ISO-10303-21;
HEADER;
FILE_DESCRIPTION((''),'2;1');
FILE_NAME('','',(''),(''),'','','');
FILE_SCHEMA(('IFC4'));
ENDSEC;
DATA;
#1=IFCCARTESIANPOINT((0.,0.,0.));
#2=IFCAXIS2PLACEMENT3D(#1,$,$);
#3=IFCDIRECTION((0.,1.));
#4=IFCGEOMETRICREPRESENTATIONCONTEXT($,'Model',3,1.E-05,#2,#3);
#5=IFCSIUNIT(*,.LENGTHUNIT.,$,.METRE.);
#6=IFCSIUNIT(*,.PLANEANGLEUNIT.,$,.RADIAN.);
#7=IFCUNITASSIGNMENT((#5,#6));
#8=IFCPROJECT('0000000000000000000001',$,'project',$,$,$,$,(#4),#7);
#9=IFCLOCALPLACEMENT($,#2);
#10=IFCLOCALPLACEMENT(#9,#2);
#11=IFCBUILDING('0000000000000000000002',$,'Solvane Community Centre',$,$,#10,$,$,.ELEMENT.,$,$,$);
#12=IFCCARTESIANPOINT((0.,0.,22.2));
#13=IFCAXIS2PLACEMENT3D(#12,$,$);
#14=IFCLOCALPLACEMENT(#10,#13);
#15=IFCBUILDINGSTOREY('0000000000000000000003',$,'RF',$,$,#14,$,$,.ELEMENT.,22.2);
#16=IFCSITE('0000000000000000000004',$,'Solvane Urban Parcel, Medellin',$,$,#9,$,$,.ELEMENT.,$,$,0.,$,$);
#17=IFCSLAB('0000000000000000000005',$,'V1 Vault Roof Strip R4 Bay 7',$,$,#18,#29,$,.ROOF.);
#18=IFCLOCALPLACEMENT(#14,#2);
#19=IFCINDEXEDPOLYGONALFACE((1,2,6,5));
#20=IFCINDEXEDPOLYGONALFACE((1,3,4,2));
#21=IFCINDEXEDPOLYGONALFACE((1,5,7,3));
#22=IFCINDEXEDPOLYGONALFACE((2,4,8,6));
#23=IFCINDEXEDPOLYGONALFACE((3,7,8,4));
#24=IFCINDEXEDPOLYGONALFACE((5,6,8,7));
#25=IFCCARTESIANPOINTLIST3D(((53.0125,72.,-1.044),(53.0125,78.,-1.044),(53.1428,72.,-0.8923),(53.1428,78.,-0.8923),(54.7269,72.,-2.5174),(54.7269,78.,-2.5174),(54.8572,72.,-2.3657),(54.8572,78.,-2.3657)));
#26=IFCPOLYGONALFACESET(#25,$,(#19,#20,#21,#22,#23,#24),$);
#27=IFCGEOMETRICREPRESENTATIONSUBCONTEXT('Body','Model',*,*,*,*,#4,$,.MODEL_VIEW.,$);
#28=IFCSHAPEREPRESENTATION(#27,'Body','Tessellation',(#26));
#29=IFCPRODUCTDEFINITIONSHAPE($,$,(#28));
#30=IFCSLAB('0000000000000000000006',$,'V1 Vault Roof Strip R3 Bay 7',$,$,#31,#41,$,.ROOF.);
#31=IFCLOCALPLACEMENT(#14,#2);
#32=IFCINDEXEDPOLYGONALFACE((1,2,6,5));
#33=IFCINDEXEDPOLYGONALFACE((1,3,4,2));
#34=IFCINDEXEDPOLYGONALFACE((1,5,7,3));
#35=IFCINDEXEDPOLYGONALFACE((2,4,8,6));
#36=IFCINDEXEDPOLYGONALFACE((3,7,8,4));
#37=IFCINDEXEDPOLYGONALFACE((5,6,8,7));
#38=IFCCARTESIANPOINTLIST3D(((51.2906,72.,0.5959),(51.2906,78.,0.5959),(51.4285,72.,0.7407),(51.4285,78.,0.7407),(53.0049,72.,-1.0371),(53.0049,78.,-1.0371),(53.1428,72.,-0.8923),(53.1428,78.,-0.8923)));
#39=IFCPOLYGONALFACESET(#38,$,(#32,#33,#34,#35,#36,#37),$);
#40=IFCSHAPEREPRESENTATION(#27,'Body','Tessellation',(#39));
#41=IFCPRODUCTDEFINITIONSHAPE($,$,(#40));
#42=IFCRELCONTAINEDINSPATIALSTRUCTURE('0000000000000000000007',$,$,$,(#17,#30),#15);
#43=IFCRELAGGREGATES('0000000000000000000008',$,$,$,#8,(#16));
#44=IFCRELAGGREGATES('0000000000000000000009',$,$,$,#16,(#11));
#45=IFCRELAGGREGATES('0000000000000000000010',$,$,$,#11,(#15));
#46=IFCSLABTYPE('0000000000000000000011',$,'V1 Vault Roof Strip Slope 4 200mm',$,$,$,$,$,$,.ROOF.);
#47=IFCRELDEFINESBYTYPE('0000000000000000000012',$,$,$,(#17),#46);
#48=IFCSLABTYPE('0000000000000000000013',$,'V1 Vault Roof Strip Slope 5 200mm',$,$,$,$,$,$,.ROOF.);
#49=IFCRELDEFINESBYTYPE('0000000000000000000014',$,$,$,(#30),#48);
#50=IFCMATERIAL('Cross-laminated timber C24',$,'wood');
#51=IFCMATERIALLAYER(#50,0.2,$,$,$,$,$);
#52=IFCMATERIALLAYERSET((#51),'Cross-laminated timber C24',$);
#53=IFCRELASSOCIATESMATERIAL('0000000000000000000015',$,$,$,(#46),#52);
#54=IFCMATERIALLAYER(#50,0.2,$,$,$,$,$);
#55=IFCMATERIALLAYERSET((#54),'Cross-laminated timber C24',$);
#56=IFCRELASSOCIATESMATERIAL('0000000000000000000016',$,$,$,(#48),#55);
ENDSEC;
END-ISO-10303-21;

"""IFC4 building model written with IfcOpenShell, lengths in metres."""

from ifc_helpers import new_model, si_unit, direction, frame, origin, place, context, subcontext, project, spatial, polyline, outline, extrude, material, layer, layer_set, type_object, element, save


model = new_model("IFC4")

# Units and contexts
model_context = context("Model", 3, precision=1e-05, world=origin(), true_north=direction((0.0, 1.0)))
body_context = subcontext(model_context, "Body", "Model", "MODEL_VIEW")
ifc_project = project(units=[si_unit("LENGTHUNIT", "METRE"), si_unit("PLANEANGLEUNIT", "RADIAN")], contexts=[model_context])

# Site, building, storey
site_placement = place(None, origin())
site = spatial("IfcSite", under=ifc_project, at=site_placement, Name="Solvane Urban Parcel, Medellin", CompositionType="ELEMENT", RefElevation=0.0)
building_placement = place(site_placement, origin())
building = spatial("IfcBuilding", under=site, at=building_placement, Name="Solvane Community Centre", CompositionType="ELEMENT")
storey_placement = place(building_placement, frame((0.0, 0.0, 22.2)))
storey = spatial("IfcBuildingStorey", under=building, at=storey_placement, Name="RF", CompositionType="ELEMENT", Elevation=22.2)

# Slabs
ifc_material_1 = material(Name="Cross-laminated timber C24", Category="wood")
ifc_layer_1 = layer(ifc_material_1, 0.2)
ifc_layer_set_1 = layer_set([ifc_layer_1], Name="Cross-laminated timber C24")
slab_type_1 = type_object("IfcSlabType", Name="V1 Vault Roof Strip Slope 4 200mm", PredefinedType="ROOF", material=ifc_layer_set_1)
slab_1_placement = place(storey_placement, frame((53.1428, 72.0, -0.8923), z_axis=(0.651796, 0.0, 0.758394), x_axis=(0.758394, 0.0, -0.651796)))
element("IfcSlab", 1, at=slab_1_placement, inside=storey, type_object=slab_type_1, Name="V1 Vault Roof Strip R4 Bay 7", PredefinedType="ROOF", context=body_context, shape_type="SweptSolid", body=[
    extrude(outline(polyline([(0.0, 0.0), (2.2605, 0.0), (2.2605, 6.0), (0.0, 6.0), (0.0, 0.0)])), origin(), (0.0, 0.0, -1.0), 0.2),
])
ifc_layer_2 = layer(ifc_material_1, 0.2)
ifc_layer_set_2 = layer_set([ifc_layer_2], Name="Cross-laminated timber C24")
slab_type_2 = type_object("IfcSlabType", Name="V1 Vault Roof Strip Slope 5 200mm", PredefinedType="ROOF", material=ifc_layer_set_2)
slab_2_placement = place(storey_placement, frame((51.4285, 72.0, 0.7407), z_axis=(0.68973, 0.0, 0.724067), x_axis=(0.724067, 0.0, -0.68973)))
element("IfcSlab", 2, at=slab_2_placement, inside=storey, type_object=slab_type_2, Name="V1 Vault Roof Strip R3 Bay 7", PredefinedType="ROOF", context=body_context, shape_type="SweptSolid", body=[
    extrude(outline(polyline([(0.0, 0.0), (2.3677, 0.0), (2.3677, 6.0), (0.0, 6.0), (0.0, 0.0)])), origin(), (0.0, 0.0, -1.0), 0.2),
])

save(model, "model.ifc")
